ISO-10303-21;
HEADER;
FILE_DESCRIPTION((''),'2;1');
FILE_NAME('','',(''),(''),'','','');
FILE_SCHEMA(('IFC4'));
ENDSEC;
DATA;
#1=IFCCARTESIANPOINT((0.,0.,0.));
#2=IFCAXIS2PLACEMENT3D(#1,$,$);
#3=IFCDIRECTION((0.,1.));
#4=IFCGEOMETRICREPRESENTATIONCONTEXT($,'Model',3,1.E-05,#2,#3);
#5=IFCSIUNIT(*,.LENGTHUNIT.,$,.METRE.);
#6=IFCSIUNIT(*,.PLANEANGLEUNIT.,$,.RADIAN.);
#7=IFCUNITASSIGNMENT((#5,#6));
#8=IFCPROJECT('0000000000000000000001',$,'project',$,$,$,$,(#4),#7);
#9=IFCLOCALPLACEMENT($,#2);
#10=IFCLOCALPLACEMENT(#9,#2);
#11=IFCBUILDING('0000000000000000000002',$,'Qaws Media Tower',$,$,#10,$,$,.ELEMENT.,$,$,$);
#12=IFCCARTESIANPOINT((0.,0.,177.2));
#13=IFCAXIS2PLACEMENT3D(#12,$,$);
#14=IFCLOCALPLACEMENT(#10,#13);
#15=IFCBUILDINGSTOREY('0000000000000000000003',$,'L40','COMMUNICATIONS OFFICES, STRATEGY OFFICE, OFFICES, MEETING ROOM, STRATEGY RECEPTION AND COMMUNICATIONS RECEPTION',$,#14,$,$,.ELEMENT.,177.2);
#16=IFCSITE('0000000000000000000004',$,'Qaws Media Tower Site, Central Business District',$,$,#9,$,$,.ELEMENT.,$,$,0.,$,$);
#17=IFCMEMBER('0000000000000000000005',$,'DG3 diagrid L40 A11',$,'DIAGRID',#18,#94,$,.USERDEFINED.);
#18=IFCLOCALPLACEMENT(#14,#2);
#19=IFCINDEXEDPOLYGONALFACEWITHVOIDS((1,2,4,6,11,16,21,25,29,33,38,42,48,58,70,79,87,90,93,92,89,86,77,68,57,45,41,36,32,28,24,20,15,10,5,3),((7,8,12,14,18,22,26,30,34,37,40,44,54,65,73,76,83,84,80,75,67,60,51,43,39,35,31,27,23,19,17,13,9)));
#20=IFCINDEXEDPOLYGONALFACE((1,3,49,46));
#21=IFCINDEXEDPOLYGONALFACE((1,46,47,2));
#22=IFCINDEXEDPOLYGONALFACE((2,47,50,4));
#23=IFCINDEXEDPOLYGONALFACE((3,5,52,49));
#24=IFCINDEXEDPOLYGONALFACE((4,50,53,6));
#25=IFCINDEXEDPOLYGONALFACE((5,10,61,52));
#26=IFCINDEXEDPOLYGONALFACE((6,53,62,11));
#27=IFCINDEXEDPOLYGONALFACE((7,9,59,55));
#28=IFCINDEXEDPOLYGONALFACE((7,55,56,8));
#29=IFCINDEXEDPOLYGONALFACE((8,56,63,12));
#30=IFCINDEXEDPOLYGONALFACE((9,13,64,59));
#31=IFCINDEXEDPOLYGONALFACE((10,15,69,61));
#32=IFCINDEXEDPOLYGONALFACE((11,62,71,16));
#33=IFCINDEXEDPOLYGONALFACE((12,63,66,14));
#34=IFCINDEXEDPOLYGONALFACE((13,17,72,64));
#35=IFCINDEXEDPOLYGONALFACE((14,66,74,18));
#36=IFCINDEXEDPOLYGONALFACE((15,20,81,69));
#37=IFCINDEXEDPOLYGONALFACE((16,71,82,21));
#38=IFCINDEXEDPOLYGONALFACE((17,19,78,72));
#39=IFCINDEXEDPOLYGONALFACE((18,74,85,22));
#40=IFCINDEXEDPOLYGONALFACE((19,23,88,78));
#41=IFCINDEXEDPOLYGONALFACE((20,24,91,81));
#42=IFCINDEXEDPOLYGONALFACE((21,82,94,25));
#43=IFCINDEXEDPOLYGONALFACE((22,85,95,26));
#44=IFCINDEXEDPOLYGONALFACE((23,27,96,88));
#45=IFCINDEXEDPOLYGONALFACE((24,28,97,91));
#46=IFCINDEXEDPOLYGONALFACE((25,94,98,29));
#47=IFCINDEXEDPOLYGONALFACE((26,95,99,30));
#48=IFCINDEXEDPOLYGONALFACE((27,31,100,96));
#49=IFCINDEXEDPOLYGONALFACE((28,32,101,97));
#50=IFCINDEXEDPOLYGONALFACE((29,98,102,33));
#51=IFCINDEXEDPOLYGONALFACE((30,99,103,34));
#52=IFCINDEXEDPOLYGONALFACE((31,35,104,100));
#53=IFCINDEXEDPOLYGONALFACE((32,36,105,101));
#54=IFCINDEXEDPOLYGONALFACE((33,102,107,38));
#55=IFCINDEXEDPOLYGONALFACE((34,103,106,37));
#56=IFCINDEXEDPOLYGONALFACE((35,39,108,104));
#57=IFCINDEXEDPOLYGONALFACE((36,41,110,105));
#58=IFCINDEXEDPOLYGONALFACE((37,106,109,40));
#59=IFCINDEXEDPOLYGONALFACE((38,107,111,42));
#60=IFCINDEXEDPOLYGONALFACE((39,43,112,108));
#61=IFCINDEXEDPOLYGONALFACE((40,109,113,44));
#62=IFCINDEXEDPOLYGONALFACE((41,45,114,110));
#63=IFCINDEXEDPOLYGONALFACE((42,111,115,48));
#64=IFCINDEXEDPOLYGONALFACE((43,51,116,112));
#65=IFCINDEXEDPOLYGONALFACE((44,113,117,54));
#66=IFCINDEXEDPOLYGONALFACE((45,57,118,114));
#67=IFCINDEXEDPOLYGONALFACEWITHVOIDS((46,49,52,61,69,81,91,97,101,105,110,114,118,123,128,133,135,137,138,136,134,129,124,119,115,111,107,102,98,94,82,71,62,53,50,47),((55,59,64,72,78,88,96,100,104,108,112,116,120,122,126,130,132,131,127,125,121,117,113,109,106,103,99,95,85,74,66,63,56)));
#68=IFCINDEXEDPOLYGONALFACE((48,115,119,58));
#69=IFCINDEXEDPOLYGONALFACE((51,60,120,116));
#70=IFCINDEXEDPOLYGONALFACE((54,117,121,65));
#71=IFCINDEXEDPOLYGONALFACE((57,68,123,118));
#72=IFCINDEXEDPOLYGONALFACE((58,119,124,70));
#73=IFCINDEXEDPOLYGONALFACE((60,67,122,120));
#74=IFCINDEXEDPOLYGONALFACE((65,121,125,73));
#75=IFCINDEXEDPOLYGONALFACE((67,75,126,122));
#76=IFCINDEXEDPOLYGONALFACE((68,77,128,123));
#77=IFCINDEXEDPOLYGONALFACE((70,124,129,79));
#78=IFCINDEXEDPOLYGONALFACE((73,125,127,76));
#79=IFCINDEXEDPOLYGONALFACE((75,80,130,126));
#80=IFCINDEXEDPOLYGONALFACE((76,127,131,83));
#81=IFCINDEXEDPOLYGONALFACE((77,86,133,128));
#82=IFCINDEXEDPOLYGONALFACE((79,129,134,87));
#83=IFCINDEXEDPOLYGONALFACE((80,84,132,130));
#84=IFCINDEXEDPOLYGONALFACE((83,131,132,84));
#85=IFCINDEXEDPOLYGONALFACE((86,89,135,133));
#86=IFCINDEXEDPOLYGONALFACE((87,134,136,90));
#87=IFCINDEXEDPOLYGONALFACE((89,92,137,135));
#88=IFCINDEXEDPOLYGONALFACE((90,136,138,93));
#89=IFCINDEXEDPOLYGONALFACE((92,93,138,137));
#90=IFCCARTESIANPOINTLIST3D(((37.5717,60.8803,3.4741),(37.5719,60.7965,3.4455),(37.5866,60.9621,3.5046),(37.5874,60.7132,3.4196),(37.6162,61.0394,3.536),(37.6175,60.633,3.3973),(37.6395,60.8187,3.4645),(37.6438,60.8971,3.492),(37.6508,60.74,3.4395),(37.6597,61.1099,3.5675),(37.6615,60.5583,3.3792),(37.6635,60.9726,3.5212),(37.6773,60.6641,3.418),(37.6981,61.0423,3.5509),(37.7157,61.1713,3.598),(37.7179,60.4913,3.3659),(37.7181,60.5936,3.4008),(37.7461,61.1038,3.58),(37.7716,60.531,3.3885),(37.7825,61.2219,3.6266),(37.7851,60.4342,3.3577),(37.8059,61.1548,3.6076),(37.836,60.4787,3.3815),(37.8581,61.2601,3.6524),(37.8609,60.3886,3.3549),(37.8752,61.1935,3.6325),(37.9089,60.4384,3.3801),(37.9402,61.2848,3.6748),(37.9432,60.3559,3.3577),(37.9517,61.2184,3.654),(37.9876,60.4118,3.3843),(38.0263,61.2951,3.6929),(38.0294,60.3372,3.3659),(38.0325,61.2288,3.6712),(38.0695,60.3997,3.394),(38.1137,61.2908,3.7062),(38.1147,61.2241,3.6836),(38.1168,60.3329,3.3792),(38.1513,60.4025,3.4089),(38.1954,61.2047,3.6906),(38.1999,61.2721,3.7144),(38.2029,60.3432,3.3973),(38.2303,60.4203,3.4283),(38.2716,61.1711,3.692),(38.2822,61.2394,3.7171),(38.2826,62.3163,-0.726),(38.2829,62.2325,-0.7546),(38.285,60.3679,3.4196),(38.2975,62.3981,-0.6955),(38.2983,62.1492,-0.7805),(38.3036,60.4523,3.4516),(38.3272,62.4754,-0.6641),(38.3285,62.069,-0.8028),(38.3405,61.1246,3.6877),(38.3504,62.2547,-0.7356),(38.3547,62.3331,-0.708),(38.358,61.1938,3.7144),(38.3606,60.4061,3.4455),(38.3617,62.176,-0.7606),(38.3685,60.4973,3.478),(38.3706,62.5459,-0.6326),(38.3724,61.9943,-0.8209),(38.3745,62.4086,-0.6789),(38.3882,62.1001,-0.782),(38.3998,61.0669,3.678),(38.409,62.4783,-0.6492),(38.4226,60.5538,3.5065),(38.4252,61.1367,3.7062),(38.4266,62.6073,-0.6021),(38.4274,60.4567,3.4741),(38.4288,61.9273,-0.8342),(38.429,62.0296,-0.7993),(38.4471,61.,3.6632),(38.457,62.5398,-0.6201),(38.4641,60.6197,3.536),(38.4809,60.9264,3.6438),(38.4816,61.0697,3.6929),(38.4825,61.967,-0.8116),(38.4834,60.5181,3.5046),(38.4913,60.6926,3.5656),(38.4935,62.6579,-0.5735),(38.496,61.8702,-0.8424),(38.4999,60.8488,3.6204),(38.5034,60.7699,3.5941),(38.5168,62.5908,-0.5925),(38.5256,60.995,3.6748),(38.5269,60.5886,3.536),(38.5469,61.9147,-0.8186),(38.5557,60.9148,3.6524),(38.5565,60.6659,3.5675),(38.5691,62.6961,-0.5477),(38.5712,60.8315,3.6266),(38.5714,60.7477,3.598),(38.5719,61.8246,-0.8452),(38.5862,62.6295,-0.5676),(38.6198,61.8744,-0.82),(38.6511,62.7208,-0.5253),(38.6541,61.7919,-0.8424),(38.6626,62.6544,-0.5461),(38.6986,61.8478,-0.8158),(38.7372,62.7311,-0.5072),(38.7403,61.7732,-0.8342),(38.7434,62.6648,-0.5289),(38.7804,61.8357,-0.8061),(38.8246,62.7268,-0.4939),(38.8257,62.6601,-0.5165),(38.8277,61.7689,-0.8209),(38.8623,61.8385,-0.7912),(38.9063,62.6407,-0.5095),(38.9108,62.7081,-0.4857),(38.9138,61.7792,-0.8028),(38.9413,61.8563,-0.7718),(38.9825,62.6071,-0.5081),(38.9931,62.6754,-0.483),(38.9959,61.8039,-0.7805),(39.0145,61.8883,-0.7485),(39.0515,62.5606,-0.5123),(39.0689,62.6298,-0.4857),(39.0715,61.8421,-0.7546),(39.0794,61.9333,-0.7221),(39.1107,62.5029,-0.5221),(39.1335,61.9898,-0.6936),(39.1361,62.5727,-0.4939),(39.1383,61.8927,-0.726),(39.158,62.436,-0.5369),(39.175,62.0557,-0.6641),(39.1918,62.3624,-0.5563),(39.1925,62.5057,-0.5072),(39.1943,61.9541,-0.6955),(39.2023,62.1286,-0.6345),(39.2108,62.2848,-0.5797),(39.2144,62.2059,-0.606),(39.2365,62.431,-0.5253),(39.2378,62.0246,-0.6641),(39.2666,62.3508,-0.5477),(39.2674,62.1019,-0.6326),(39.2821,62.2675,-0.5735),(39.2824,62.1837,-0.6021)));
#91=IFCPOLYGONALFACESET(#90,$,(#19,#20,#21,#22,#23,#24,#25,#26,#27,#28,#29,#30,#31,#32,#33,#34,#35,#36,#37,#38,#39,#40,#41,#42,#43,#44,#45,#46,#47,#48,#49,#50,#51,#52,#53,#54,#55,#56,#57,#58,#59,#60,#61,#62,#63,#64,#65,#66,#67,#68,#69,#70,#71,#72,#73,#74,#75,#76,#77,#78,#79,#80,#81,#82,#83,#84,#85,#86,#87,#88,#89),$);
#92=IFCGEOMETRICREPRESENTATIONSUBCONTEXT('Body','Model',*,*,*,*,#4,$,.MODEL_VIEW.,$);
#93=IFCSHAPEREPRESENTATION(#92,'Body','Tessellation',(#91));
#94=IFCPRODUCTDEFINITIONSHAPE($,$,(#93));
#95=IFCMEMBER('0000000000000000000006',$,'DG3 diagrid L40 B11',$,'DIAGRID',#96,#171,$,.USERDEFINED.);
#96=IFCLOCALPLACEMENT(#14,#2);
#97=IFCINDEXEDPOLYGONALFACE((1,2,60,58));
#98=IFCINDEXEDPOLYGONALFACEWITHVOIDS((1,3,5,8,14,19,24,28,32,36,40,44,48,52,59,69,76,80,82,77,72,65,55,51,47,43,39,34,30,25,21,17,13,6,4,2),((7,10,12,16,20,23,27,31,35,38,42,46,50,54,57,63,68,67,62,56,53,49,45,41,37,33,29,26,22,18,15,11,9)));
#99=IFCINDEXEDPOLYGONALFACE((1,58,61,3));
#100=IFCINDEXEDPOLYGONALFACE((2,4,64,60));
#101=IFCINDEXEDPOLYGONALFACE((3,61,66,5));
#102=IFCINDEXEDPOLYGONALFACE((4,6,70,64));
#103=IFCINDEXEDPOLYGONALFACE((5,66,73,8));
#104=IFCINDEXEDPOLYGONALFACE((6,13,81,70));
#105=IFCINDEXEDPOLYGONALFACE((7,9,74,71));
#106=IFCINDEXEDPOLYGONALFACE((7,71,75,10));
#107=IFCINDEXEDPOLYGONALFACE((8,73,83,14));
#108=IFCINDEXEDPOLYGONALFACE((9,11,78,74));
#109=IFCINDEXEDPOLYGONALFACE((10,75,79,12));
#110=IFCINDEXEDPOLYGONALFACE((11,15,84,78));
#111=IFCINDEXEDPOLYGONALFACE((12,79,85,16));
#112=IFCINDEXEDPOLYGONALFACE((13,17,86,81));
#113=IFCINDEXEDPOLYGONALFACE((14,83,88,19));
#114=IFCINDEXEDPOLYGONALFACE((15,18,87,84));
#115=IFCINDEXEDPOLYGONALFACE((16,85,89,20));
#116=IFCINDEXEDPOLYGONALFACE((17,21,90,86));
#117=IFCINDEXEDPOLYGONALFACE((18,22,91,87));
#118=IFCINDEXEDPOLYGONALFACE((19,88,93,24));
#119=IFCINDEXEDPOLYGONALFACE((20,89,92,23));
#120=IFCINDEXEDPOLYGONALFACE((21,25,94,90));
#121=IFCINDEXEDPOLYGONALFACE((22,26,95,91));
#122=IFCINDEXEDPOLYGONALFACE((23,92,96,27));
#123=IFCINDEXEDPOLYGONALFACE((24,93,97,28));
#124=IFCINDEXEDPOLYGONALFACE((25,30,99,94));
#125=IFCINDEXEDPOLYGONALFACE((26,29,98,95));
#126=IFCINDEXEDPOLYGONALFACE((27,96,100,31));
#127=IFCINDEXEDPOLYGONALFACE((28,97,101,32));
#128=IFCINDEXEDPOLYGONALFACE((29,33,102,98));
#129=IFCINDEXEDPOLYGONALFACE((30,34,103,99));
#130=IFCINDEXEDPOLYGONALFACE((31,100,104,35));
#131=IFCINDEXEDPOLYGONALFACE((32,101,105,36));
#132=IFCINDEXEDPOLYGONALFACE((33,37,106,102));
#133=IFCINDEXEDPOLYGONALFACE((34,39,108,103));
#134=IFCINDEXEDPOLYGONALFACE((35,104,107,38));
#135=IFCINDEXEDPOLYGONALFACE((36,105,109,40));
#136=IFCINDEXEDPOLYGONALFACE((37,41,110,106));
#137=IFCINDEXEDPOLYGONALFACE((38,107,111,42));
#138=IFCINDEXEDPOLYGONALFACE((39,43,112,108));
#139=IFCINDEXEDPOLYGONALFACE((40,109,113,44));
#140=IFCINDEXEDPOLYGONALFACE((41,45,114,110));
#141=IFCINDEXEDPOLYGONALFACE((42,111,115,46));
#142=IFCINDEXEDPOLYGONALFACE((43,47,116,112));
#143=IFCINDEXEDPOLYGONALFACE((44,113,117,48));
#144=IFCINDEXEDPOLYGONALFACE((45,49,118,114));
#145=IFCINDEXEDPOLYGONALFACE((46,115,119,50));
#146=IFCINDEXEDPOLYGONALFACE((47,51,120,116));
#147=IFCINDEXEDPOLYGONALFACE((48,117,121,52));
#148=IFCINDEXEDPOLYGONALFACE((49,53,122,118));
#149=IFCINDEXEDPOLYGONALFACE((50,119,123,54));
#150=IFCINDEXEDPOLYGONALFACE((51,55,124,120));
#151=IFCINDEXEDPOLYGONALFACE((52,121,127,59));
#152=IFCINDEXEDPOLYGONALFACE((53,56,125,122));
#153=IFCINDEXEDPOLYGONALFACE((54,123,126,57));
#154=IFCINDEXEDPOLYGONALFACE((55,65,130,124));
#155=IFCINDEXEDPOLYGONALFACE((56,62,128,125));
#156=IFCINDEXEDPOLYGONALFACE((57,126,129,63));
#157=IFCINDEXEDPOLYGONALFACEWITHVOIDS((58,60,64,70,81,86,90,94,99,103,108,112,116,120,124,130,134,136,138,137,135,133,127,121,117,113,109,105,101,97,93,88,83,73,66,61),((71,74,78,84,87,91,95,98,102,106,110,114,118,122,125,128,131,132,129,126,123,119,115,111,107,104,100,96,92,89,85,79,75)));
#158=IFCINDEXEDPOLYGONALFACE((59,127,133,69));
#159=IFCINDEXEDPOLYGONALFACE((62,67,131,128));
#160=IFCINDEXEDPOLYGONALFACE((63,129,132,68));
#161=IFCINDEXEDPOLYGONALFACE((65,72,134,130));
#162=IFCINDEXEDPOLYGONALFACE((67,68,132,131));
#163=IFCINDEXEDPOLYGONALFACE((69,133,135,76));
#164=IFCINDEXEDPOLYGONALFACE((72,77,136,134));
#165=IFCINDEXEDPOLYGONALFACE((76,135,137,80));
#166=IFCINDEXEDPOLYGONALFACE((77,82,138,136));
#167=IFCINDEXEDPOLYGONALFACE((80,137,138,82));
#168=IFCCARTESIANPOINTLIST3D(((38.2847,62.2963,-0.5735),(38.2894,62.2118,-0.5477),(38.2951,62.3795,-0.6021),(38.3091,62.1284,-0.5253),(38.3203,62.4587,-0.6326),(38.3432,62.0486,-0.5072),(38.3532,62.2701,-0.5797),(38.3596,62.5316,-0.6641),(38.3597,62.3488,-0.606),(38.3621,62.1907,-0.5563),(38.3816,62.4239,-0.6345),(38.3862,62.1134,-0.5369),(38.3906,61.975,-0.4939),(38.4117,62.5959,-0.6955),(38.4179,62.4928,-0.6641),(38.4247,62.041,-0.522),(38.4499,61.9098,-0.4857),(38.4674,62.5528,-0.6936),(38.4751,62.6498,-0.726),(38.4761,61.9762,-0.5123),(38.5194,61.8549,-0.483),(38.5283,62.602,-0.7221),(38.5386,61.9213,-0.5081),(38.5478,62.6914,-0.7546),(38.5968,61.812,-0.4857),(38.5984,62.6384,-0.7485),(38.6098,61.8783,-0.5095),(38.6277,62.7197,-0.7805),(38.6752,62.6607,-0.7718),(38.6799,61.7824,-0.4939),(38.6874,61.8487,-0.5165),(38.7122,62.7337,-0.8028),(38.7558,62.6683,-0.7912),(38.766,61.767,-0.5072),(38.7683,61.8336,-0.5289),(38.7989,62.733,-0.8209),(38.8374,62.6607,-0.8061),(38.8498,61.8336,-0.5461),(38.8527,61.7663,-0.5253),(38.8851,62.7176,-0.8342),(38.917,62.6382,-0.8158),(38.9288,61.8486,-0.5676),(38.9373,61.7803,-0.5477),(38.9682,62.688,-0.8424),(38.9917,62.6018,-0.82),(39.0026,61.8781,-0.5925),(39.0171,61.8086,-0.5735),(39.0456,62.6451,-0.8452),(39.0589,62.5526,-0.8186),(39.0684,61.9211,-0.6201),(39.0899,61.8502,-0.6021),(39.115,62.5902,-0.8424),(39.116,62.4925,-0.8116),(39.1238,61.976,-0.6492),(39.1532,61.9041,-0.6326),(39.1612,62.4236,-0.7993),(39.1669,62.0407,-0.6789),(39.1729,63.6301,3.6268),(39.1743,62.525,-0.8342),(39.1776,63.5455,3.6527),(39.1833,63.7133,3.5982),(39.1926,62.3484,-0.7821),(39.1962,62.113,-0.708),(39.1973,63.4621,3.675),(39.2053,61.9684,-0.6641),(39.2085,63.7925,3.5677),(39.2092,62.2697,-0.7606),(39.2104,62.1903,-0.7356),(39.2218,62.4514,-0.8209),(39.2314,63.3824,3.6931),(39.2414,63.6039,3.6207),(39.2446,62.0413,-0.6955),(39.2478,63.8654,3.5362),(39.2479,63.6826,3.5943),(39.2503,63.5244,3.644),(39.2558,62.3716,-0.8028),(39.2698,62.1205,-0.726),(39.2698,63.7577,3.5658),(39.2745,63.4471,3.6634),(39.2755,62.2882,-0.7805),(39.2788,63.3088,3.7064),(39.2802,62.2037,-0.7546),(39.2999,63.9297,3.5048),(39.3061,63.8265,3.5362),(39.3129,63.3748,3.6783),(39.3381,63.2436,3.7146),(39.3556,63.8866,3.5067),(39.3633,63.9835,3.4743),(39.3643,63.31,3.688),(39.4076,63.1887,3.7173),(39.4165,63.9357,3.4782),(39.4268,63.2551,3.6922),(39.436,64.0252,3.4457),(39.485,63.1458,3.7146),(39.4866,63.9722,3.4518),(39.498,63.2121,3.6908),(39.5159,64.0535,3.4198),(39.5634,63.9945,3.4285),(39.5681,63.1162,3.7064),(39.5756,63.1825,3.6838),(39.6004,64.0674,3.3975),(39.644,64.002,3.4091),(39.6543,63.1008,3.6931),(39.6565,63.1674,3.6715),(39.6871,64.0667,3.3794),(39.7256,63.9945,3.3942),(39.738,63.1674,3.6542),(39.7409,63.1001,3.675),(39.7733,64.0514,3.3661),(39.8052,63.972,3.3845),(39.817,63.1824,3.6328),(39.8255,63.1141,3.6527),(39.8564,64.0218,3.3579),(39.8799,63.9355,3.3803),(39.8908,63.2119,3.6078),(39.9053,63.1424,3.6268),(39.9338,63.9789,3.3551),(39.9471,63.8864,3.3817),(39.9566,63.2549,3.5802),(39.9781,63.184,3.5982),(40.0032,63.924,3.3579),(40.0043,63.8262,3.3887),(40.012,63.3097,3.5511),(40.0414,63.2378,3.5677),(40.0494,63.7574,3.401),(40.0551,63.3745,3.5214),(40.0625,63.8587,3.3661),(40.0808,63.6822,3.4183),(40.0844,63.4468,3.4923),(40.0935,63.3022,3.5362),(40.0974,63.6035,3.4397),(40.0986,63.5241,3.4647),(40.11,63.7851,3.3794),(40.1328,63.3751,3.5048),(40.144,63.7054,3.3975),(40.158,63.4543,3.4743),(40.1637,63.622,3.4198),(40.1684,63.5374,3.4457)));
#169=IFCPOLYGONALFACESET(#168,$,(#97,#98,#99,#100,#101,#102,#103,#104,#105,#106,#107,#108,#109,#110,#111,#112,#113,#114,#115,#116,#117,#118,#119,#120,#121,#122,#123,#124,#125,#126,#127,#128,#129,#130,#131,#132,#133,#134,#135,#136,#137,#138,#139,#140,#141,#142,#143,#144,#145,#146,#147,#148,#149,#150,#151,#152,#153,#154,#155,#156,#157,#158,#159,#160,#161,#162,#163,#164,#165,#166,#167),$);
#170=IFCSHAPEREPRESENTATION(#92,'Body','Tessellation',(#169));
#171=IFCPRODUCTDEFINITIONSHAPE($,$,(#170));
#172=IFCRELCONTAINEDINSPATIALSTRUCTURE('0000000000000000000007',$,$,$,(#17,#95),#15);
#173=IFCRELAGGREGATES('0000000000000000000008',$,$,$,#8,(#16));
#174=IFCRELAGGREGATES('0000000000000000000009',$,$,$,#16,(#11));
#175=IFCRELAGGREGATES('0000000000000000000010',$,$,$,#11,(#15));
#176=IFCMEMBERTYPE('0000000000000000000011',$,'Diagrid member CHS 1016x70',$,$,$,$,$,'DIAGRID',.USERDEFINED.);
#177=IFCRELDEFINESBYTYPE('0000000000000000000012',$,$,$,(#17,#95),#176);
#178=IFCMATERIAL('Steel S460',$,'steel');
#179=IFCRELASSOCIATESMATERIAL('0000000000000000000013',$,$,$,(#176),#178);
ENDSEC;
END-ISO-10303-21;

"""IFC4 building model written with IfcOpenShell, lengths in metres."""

from ifc_helpers import new_model, si_unit, direction, frame, origin, origin_2d, place, context, subcontext, project, spatial, hollow_circle, extrude, material, material_profile, profile_set, type_object, element, save


model = new_model("IFC4")

# Units and contexts
model_context = context("Model", 3, precision=1e-05, world=origin(), true_north=direction((0.0, 1.0)))
body_context = subcontext(model_context, "Body", "Model", "MODEL_VIEW")
ifc_project = project(units=[si_unit("LENGTHUNIT", "METRE"), si_unit("PLANEANGLEUNIT", "RADIAN")], contexts=[model_context])

# Site, building, storey
site_placement = place(None, origin())
site = spatial("IfcSite", under=ifc_project, at=site_placement, Name="Qaws Media Tower Site, Central Business District", CompositionType="ELEMENT", RefElevation=0.0)
building_placement = place(site_placement, origin())
building = spatial("IfcBuilding", under=site, at=building_placement, Name="Qaws Media Tower", CompositionType="ELEMENT")
storey_placement = place(building_placement, frame((0.0, 0.0, 177.2)))
storey = spatial("IfcBuildingStorey", under=building, at=storey_placement, Name="L40", Description="COMMUNICATIONS OFFICES, STRATEGY OFFICE, OFFICES, MEETING ROOM, STRATEGY RECEPTION AND COMMUNICATIONS RECEPTION", CompositionType="ELEMENT", Elevation=177.2)

# Members
ifc_material_1 = material(Name="Steel S460", Category="steel")
ifc_material_profile_1 = material_profile(ifc_material_1, hollow_circle(Radius=0.5081, WallThickness=0.0701, at=origin_2d()), Name="CHS 1016x70")
ifc_profile_set_1 = profile_set([ifc_material_profile_1], Name="Steel S460")
member_type_1 = type_object("IfcMemberType", Name="Diagrid member CHS 1016x70", ElementType="DIAGRID", PredefinedType="USERDEFINED", material=ifc_profile_set_1)
for number, where, z_axis, x_axis, name in (
    (1, (38.7825, 62.25, -0.6641), (-0.158145, -0.31944, 0.934317), (0.896188, -0.443675, 0.0), "DG3 diagrid L40 A11"),
):
    element("IfcMember", number, at=place(storey_placement, frame(where, z_axis=z_axis, x_axis=x_axis)), inside=storey, type_object=member_type_1, Name=name, ObjectType="DIAGRID", PredefinedType="USERDEFINED", context=body_context, shape_type="SweptSolid", body=[
        extrude(hollow_circle(Radius=0.5081, WallThickness=0.0701, at=origin_2d()), origin(), (0.0, 0.0, 1.0), 4.4954),
    ])
member_1_placement = place(storey_placement, frame((38.7825, 62.25, -0.6641), z_axis=(0.197572, 0.296684, 0.934314), x_axis=(-0.832331, 0.554278, 0.0)))
element("IfcMember", 2, at=member_1_placement, inside=storey, type_object=member_type_1, Name="DG3 diagrid L40 B11", ObjectType="DIAGRID", PredefinedType="USERDEFINED", context=body_context, shape_type="SweptSolid", body=[
    extrude(hollow_circle(Radius=0.5081, WallThickness=0.0701, at=origin_2d()), origin(), (0.0, 0.0, 1.0), 4.4956),
])

save(model, "model.ifc")
